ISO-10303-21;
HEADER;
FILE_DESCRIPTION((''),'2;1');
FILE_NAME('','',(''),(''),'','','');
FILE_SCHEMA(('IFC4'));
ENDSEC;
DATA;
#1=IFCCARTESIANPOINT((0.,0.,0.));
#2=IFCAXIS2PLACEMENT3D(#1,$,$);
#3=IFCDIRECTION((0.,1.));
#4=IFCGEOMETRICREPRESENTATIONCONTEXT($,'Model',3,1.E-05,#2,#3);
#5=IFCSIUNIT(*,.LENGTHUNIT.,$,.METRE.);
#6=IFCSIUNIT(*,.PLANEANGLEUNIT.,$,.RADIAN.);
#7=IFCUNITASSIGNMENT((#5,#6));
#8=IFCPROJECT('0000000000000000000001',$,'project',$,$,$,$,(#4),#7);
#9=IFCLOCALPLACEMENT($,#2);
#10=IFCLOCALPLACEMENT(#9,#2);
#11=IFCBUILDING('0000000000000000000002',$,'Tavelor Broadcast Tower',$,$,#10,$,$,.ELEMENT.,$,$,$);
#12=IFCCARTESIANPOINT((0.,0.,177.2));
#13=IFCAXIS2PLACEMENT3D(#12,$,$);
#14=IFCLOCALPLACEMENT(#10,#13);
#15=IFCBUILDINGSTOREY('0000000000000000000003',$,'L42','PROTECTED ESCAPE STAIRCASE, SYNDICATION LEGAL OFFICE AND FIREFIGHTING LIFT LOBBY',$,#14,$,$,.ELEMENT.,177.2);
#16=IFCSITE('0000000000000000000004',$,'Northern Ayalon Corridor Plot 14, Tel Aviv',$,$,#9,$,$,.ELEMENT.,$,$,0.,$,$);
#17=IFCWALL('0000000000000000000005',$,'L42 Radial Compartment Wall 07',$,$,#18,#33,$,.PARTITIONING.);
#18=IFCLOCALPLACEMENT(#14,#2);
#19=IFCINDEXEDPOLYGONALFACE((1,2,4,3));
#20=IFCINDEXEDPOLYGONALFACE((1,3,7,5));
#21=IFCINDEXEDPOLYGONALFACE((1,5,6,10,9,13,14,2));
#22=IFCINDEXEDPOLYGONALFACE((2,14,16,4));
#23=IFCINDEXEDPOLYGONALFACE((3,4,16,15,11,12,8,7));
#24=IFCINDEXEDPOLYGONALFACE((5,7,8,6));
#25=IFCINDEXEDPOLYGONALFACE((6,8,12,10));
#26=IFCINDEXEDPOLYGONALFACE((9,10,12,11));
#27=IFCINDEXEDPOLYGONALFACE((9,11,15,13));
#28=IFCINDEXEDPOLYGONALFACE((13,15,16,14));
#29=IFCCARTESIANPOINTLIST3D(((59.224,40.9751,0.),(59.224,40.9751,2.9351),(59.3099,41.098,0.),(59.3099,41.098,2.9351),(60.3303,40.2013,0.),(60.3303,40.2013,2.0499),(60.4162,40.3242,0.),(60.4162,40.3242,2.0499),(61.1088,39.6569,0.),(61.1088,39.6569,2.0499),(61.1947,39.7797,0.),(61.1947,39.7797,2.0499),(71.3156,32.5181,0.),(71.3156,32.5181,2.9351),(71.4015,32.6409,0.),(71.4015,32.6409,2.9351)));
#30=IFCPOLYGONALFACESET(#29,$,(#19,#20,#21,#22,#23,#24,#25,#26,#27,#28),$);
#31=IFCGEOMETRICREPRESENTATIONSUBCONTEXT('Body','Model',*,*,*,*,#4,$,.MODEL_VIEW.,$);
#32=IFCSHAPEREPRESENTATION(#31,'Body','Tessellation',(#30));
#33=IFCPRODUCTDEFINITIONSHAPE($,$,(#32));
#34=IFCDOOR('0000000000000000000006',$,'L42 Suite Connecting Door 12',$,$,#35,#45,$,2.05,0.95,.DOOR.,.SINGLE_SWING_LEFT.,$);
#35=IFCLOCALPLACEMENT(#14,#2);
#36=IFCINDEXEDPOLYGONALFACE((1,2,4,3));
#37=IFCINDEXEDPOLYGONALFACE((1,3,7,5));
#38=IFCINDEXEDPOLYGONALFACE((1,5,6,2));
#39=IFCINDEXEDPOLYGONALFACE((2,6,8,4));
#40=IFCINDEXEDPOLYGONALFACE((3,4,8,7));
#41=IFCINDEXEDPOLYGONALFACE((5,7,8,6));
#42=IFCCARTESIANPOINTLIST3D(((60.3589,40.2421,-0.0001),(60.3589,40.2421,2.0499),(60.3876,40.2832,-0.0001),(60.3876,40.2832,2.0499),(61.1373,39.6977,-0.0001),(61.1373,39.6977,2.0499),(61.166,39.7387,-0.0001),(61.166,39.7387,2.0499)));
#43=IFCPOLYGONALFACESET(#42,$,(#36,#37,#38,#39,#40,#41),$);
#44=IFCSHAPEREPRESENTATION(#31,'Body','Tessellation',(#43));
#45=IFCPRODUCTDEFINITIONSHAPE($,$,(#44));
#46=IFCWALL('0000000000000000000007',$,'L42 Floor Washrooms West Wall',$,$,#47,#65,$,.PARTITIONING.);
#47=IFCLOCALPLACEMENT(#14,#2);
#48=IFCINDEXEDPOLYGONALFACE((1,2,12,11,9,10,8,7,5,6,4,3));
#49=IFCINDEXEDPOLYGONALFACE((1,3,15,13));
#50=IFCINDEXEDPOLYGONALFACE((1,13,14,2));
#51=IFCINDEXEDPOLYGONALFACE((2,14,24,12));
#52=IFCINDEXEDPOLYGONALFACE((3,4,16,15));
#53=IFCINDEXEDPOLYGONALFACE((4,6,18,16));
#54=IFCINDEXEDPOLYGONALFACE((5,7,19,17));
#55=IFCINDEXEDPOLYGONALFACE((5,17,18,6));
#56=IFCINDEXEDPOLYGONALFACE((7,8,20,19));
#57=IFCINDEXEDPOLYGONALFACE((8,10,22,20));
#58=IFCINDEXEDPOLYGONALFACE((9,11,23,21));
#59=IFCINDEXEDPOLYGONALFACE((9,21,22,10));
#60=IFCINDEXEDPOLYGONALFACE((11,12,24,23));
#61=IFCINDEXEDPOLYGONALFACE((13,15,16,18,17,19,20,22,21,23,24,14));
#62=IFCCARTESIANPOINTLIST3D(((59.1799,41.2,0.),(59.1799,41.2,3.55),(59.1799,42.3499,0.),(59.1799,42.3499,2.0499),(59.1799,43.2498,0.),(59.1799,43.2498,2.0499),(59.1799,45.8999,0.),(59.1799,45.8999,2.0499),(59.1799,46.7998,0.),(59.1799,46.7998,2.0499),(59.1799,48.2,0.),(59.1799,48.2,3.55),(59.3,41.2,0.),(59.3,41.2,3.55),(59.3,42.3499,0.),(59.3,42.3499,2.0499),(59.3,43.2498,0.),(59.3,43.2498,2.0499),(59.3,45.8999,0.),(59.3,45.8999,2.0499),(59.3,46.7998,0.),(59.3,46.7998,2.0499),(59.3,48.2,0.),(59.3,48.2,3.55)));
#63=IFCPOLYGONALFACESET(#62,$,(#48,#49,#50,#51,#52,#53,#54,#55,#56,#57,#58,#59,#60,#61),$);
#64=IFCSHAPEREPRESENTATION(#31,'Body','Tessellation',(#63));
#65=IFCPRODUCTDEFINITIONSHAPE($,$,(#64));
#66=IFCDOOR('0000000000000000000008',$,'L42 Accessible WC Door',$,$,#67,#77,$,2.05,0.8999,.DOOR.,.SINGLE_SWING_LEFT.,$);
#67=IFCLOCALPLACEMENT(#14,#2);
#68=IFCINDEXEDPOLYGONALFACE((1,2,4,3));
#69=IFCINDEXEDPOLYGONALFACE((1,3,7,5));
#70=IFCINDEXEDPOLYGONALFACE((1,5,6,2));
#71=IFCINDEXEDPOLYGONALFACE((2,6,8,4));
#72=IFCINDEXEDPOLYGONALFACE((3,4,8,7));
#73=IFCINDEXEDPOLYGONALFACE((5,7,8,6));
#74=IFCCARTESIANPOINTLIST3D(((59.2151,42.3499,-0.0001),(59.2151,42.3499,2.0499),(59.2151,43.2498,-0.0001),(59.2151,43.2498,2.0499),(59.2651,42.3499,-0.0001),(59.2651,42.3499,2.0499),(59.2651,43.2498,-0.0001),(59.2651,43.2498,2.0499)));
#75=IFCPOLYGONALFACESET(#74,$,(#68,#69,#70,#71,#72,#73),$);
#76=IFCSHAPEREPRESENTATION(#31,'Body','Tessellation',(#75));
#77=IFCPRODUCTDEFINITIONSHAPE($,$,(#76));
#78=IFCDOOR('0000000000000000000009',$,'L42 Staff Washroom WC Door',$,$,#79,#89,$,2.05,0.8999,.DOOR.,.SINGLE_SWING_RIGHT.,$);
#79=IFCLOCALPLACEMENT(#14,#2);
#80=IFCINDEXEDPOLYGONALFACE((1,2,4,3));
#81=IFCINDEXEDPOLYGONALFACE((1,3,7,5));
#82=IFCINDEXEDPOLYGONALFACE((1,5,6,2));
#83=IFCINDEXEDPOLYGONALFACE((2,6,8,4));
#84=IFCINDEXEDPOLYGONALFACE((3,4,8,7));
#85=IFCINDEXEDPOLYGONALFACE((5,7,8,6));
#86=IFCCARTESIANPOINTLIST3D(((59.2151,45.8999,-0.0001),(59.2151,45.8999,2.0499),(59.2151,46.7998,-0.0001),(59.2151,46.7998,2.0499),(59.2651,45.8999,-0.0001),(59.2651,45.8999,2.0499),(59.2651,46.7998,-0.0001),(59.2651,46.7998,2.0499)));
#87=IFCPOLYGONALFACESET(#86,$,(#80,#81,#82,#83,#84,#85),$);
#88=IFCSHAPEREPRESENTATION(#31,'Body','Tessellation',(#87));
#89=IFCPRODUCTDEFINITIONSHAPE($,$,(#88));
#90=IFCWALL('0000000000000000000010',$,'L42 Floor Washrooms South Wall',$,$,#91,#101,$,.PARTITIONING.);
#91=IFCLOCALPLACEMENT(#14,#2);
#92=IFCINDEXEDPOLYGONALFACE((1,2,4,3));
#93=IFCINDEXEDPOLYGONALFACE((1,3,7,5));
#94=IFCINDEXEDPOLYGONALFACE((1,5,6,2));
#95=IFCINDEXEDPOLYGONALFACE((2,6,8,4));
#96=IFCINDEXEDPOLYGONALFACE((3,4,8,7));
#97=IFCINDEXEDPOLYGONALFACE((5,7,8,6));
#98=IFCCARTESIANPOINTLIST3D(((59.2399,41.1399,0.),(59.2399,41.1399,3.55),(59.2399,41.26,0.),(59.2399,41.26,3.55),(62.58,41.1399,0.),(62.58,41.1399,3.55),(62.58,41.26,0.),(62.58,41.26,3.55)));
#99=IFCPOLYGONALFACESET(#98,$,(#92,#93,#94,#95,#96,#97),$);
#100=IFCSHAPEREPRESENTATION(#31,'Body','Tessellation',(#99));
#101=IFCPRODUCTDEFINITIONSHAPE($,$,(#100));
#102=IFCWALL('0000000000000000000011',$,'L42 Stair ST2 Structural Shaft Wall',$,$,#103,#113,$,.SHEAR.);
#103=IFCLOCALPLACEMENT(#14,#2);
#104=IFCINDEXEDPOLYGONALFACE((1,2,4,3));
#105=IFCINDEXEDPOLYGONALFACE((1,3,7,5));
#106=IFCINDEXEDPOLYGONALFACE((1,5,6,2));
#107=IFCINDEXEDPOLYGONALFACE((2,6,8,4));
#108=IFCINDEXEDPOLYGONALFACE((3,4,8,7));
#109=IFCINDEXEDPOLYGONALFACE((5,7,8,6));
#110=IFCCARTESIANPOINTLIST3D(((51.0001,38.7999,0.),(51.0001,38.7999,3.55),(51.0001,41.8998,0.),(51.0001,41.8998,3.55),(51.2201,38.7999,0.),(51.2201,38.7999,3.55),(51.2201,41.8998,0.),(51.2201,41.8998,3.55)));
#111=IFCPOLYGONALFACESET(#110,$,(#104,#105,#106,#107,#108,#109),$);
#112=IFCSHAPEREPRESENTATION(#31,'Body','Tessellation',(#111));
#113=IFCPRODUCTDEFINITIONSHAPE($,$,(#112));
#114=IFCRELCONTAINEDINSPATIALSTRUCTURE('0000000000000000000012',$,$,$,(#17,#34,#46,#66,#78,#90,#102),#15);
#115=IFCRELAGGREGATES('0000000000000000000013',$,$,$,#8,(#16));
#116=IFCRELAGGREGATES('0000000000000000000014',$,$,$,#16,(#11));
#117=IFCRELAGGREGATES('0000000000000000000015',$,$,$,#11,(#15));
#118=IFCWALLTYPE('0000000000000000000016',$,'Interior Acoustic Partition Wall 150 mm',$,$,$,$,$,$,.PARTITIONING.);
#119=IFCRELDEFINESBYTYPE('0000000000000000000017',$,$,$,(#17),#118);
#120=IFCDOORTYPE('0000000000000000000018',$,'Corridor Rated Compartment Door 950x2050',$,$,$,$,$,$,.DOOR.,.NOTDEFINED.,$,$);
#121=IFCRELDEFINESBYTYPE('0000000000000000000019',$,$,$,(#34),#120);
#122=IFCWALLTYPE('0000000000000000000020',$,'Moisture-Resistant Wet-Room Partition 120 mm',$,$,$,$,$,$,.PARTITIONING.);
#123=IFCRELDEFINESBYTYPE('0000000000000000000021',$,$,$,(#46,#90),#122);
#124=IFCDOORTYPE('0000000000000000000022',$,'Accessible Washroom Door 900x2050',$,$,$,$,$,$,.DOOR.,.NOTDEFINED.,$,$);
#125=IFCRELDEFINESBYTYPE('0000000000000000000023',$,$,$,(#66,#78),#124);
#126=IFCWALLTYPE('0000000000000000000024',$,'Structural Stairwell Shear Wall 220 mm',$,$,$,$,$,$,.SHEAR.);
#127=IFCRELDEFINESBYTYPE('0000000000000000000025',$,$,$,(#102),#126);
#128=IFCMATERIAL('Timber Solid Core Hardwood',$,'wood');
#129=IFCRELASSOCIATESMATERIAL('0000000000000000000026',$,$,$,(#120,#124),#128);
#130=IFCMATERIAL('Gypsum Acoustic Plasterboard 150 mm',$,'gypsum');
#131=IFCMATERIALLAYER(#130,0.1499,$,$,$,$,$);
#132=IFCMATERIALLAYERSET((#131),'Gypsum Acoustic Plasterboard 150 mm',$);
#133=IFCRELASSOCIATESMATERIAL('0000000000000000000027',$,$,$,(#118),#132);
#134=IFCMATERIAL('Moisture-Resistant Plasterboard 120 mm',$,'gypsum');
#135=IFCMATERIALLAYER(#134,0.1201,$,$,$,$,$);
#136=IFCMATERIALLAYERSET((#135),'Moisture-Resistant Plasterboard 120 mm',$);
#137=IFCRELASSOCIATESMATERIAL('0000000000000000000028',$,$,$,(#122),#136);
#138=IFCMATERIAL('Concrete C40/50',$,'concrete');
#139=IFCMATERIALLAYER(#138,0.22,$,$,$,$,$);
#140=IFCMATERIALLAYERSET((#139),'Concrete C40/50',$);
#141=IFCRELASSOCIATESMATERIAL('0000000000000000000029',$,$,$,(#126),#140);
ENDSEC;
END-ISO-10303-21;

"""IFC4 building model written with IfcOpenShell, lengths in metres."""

from ifc_helpers import new_model, si_unit, direction, frame, frame_2d, origin, place, context, subcontext, project, spatial, rectangle, extrude, material, layer, layer_set, type_object, element, fill, save


model = new_model("IFC4")

# Units and contexts
model_context = context("Model", 3, precision=1e-05, world=origin(), true_north=direction((0.0, 1.0)))
body_context = subcontext(model_context, "Body", "Model", "MODEL_VIEW")
ifc_project = project(units=[si_unit("LENGTHUNIT", "METRE"), si_unit("PLANEANGLEUNIT", "RADIAN")], contexts=[model_context])

# Site, building, storey
site_placement = place(None, origin())
site = spatial("IfcSite", under=ifc_project, at=site_placement, Name="Northern Ayalon Corridor Plot 14, Tel Aviv", CompositionType="ELEMENT", RefElevation=0.0)
building_placement = place(site_placement, origin())
building = spatial("IfcBuilding", under=site, at=building_placement, Name="Tavelor Broadcast Tower", CompositionType="ELEMENT")
storey_placement = place(building_placement, frame((0.0, 0.0, 177.2)))
storey = spatial("IfcBuildingStorey", under=building, at=storey_placement, Name="L42", Description="PROTECTED ESCAPE STAIRCASE, SYNDICATION LEGAL OFFICE AND FIREFIGHTING LIFT LOBBY", CompositionType="ELEMENT", Elevation=177.2)

# Shared definitions
ifc_material_1 = material(Name="Concrete C40/50", Category="concrete")

# Wall, opening, door
ifc_material_2 = material(Name="Timber Solid Core Hardwood", Category="wood")
door_type_1 = type_object("IfcDoorType", Name="Corridor Rated Compartment Door 950x2050", OperationType="NOTDEFINED", PredefinedType="DOOR", material=ifc_material_2)
ifc_material_3 = material(Name="Gypsum Acoustic Plasterboard 150 mm", Category="gypsum")
ifc_layer_1 = layer(ifc_material_3, 0.1499)
ifc_layer_set_1 = layer_set([ifc_layer_1], Name="Gypsum Acoustic Plasterboard 150 mm")
wall_type_1 = type_object("IfcWallType", Name="Interior Acoustic Partition Wall 150 mm", PredefinedType="PARTITIONING", material=ifc_layer_set_1)
wall_1_placement = place(storey_placement, frame((59.2668, 41.0366, 0.0), z_axis=(0.0, 0.0, 1.0), x_axis=(0.819457, -0.573141, 0.0)))
wall_1 = element("IfcWall", 1, at=wall_1_placement, inside=storey, type_object=wall_type_1, Name="L42 Radial Compartment Wall 07", PredefinedType="PARTITIONING", context=body_context, shape_type="SweptSolid", body=[
    extrude(rectangle(XDim=14.7556, YDim=0.1499, at=frame_2d((7.3779, 0.0))), origin(), (0.0, 0.0, 1.0), 2.9351),
])
opening_1_placement = place(wall_1_placement, frame((1.3501, 0.0, 0.0)))
opening_1 = element("IfcOpeningElement", 2, at=opening_1_placement, cuts=wall_1, PredefinedType="OPENING", context=body_context, shape_type="SweptSolid", body=[
    extrude(rectangle(XDim=0.95, YDim=2.05, at=frame_2d((0.4751, 1.0249))), frame((0.0, 0.085, 0.0), z_axis=(0.0, -1.0, 0.0), x_axis=(1.0, 0.0, 0.0)), (0.0, 0.0, 1.0), 0.1699),
])
door_1_placement = place(opening_1_placement, origin())
door_1 = element("IfcDoor", 3, at=door_1_placement, inside=storey, type_object=door_type_1, Name="L42 Suite Connecting Door 12", OperationType="SINGLE_SWING_LEFT", OverallHeight=2.05, OverallWidth=0.95, PredefinedType="DOOR", context=body_context, shape_type="SweptSolid", body=[
    extrude(rectangle(XDim=0.95, YDim=2.05, at=frame_2d((0.4751, 1.0249))), frame((0.0, 0.0249, 0.0), z_axis=(0.0, -1.0, 0.0), x_axis=(1.0, 0.0, 0.0)), (0.0, 0.0, 1.0), 0.05),
])
fill(opening_1, door_1)

# Wall, openings, doors
ifc_material_4 = material(Name="Moisture-Resistant Plasterboard 120 mm", Category="gypsum")
ifc_layer_2 = layer(ifc_material_4, 0.1201)
ifc_layer_set_2 = layer_set([ifc_layer_2], Name="Moisture-Resistant Plasterboard 120 mm")
wall_type_2 = type_object("IfcWallType", Name="Moisture-Resistant Wet-Room Partition 120 mm", PredefinedType="PARTITIONING", material=ifc_layer_set_2)
wall_2_placement = place(storey_placement, frame((59.24, 41.2, 0.0), z_axis=(0.0, 0.0, 1.0), x_axis=(0.0, 1.0, 0.0)))
wall_2 = element("IfcWall", 4, at=wall_2_placement, inside=storey, type_object=wall_type_2, Name="L42 Floor Washrooms West Wall", PredefinedType="PARTITIONING", context=body_context, shape_type="SweptSolid", body=[
    extrude(rectangle(XDim=7.0, YDim=0.1201, at=frame_2d((3.5, 0.0))), origin(), (0.0, 0.0, 1.0), 3.55),
])
opening_2_placement = place(wall_2_placement, frame((1.1499, 0.0, 0.0)))
opening_2 = element("IfcOpeningElement", 5, at=opening_2_placement, cuts=wall_2, PredefinedType="OPENING", context=body_context, shape_type="SweptSolid", body=[
    extrude(rectangle(XDim=0.8999, YDim=2.05, at=frame_2d((0.45, 1.0249))), frame((0.0, 0.0701, 0.0), z_axis=(0.0, -1.0, 0.0), x_axis=(1.0, 0.0, 0.0)), (0.0, 0.0, 1.0), 0.1401),
])
opening_3_placement = place(wall_2_placement, frame((4.7, 0.0, 0.0)))
opening_3 = element("IfcOpeningElement", 6, at=opening_3_placement, cuts=wall_2, PredefinedType="OPENING", context=body_context, shape_type="SweptSolid", body=[
    extrude(rectangle(XDim=0.8999, YDim=2.05, at=frame_2d((0.45, 1.0249))), frame((0.0, 0.0701, 0.0), z_axis=(0.0, -1.0, 0.0), x_axis=(1.0, 0.0, 0.0)), (0.0, 0.0, 1.0), 0.1401),
])
door_type_2 = type_object("IfcDoorType", Name="Accessible Washroom Door 900x2050", OperationType="NOTDEFINED", PredefinedType="DOOR", material=ifc_material_2)
door_2_placement = place(opening_2_placement, origin())
door_2 = element("IfcDoor", 7, at=door_2_placement, inside=storey, type_object=door_type_2, Name="L42 Accessible WC Door", OperationType="SINGLE_SWING_LEFT", OverallHeight=2.05, OverallWidth=0.8999, PredefinedType="DOOR", context=body_context, shape_type="SweptSolid", body=[
    extrude(rectangle(XDim=0.8999, YDim=2.05, at=frame_2d((0.45, 1.0249))), frame((0.0, 0.0249, 0.0), z_axis=(0.0, -1.0, 0.0), x_axis=(1.0, 0.0, 0.0)), (0.0, 0.0, 1.0), 0.05),
])
fill(opening_2, door_2)
door_3_placement = place(opening_3_placement, origin())
door_3 = element("IfcDoor", 8, at=door_3_placement, inside=storey, type_object=door_type_2, Name="L42 Staff Washroom WC Door", OperationType="SINGLE_SWING_RIGHT", OverallHeight=2.05, OverallWidth=0.8999, PredefinedType="DOOR", context=body_context, shape_type="SweptSolid", body=[
    extrude(rectangle(XDim=0.8999, YDim=2.05, at=frame_2d((0.45, 1.0249))), frame((0.0, 0.0249, 0.0), z_axis=(0.0, -1.0, 0.0), x_axis=(1.0, 0.0, 0.0)), (0.0, 0.0, 1.0), 0.05),
])
fill(opening_3, door_3)

# Walls
wall_3_placement = place(storey_placement, frame((59.24, 41.2, 0.0), z_axis=(0.0, 0.0, 1.0), x_axis=(1.0, 0.0, 0.0)))
element("IfcWall", 9, at=wall_3_placement, inside=storey, type_object=wall_type_2, Name="L42 Floor Washrooms South Wall", PredefinedType="PARTITIONING", context=body_context, shape_type="SweptSolid", body=[
    extrude(rectangle(XDim=3.3401, YDim=0.1201, at=frame_2d((1.6699, 0.0))), origin(), (0.0, 0.0, 1.0), 3.55),
])
ifc_layer_3 = layer(ifc_material_1, 0.22)
ifc_layer_set_3 = layer_set([ifc_layer_3], Name="Concrete C40/50")
wall_type_3 = type_object("IfcWallType", Name="Structural Stairwell Shear Wall 220 mm", PredefinedType="SHEAR", material=ifc_layer_set_3)
wall_4_placement = place(storey_placement, frame((51.1101, 38.8, 0.0), z_axis=(0.0, 0.0, 1.0), x_axis=(0.0, 1.0, 0.0)))
element("IfcWall", 10, at=wall_4_placement, inside=storey, type_object=wall_type_3, Name="L42 Stair ST2 Structural Shaft Wall", PredefinedType="SHEAR", context=body_context, shape_type="SweptSolid", body=[
    extrude(rectangle(XDim=3.0999, YDim=0.22, at=frame_2d((1.5498, 0.0))), origin(), (0.0, 0.0, 1.0), 3.55),
])

save(model, "model.ifc")
